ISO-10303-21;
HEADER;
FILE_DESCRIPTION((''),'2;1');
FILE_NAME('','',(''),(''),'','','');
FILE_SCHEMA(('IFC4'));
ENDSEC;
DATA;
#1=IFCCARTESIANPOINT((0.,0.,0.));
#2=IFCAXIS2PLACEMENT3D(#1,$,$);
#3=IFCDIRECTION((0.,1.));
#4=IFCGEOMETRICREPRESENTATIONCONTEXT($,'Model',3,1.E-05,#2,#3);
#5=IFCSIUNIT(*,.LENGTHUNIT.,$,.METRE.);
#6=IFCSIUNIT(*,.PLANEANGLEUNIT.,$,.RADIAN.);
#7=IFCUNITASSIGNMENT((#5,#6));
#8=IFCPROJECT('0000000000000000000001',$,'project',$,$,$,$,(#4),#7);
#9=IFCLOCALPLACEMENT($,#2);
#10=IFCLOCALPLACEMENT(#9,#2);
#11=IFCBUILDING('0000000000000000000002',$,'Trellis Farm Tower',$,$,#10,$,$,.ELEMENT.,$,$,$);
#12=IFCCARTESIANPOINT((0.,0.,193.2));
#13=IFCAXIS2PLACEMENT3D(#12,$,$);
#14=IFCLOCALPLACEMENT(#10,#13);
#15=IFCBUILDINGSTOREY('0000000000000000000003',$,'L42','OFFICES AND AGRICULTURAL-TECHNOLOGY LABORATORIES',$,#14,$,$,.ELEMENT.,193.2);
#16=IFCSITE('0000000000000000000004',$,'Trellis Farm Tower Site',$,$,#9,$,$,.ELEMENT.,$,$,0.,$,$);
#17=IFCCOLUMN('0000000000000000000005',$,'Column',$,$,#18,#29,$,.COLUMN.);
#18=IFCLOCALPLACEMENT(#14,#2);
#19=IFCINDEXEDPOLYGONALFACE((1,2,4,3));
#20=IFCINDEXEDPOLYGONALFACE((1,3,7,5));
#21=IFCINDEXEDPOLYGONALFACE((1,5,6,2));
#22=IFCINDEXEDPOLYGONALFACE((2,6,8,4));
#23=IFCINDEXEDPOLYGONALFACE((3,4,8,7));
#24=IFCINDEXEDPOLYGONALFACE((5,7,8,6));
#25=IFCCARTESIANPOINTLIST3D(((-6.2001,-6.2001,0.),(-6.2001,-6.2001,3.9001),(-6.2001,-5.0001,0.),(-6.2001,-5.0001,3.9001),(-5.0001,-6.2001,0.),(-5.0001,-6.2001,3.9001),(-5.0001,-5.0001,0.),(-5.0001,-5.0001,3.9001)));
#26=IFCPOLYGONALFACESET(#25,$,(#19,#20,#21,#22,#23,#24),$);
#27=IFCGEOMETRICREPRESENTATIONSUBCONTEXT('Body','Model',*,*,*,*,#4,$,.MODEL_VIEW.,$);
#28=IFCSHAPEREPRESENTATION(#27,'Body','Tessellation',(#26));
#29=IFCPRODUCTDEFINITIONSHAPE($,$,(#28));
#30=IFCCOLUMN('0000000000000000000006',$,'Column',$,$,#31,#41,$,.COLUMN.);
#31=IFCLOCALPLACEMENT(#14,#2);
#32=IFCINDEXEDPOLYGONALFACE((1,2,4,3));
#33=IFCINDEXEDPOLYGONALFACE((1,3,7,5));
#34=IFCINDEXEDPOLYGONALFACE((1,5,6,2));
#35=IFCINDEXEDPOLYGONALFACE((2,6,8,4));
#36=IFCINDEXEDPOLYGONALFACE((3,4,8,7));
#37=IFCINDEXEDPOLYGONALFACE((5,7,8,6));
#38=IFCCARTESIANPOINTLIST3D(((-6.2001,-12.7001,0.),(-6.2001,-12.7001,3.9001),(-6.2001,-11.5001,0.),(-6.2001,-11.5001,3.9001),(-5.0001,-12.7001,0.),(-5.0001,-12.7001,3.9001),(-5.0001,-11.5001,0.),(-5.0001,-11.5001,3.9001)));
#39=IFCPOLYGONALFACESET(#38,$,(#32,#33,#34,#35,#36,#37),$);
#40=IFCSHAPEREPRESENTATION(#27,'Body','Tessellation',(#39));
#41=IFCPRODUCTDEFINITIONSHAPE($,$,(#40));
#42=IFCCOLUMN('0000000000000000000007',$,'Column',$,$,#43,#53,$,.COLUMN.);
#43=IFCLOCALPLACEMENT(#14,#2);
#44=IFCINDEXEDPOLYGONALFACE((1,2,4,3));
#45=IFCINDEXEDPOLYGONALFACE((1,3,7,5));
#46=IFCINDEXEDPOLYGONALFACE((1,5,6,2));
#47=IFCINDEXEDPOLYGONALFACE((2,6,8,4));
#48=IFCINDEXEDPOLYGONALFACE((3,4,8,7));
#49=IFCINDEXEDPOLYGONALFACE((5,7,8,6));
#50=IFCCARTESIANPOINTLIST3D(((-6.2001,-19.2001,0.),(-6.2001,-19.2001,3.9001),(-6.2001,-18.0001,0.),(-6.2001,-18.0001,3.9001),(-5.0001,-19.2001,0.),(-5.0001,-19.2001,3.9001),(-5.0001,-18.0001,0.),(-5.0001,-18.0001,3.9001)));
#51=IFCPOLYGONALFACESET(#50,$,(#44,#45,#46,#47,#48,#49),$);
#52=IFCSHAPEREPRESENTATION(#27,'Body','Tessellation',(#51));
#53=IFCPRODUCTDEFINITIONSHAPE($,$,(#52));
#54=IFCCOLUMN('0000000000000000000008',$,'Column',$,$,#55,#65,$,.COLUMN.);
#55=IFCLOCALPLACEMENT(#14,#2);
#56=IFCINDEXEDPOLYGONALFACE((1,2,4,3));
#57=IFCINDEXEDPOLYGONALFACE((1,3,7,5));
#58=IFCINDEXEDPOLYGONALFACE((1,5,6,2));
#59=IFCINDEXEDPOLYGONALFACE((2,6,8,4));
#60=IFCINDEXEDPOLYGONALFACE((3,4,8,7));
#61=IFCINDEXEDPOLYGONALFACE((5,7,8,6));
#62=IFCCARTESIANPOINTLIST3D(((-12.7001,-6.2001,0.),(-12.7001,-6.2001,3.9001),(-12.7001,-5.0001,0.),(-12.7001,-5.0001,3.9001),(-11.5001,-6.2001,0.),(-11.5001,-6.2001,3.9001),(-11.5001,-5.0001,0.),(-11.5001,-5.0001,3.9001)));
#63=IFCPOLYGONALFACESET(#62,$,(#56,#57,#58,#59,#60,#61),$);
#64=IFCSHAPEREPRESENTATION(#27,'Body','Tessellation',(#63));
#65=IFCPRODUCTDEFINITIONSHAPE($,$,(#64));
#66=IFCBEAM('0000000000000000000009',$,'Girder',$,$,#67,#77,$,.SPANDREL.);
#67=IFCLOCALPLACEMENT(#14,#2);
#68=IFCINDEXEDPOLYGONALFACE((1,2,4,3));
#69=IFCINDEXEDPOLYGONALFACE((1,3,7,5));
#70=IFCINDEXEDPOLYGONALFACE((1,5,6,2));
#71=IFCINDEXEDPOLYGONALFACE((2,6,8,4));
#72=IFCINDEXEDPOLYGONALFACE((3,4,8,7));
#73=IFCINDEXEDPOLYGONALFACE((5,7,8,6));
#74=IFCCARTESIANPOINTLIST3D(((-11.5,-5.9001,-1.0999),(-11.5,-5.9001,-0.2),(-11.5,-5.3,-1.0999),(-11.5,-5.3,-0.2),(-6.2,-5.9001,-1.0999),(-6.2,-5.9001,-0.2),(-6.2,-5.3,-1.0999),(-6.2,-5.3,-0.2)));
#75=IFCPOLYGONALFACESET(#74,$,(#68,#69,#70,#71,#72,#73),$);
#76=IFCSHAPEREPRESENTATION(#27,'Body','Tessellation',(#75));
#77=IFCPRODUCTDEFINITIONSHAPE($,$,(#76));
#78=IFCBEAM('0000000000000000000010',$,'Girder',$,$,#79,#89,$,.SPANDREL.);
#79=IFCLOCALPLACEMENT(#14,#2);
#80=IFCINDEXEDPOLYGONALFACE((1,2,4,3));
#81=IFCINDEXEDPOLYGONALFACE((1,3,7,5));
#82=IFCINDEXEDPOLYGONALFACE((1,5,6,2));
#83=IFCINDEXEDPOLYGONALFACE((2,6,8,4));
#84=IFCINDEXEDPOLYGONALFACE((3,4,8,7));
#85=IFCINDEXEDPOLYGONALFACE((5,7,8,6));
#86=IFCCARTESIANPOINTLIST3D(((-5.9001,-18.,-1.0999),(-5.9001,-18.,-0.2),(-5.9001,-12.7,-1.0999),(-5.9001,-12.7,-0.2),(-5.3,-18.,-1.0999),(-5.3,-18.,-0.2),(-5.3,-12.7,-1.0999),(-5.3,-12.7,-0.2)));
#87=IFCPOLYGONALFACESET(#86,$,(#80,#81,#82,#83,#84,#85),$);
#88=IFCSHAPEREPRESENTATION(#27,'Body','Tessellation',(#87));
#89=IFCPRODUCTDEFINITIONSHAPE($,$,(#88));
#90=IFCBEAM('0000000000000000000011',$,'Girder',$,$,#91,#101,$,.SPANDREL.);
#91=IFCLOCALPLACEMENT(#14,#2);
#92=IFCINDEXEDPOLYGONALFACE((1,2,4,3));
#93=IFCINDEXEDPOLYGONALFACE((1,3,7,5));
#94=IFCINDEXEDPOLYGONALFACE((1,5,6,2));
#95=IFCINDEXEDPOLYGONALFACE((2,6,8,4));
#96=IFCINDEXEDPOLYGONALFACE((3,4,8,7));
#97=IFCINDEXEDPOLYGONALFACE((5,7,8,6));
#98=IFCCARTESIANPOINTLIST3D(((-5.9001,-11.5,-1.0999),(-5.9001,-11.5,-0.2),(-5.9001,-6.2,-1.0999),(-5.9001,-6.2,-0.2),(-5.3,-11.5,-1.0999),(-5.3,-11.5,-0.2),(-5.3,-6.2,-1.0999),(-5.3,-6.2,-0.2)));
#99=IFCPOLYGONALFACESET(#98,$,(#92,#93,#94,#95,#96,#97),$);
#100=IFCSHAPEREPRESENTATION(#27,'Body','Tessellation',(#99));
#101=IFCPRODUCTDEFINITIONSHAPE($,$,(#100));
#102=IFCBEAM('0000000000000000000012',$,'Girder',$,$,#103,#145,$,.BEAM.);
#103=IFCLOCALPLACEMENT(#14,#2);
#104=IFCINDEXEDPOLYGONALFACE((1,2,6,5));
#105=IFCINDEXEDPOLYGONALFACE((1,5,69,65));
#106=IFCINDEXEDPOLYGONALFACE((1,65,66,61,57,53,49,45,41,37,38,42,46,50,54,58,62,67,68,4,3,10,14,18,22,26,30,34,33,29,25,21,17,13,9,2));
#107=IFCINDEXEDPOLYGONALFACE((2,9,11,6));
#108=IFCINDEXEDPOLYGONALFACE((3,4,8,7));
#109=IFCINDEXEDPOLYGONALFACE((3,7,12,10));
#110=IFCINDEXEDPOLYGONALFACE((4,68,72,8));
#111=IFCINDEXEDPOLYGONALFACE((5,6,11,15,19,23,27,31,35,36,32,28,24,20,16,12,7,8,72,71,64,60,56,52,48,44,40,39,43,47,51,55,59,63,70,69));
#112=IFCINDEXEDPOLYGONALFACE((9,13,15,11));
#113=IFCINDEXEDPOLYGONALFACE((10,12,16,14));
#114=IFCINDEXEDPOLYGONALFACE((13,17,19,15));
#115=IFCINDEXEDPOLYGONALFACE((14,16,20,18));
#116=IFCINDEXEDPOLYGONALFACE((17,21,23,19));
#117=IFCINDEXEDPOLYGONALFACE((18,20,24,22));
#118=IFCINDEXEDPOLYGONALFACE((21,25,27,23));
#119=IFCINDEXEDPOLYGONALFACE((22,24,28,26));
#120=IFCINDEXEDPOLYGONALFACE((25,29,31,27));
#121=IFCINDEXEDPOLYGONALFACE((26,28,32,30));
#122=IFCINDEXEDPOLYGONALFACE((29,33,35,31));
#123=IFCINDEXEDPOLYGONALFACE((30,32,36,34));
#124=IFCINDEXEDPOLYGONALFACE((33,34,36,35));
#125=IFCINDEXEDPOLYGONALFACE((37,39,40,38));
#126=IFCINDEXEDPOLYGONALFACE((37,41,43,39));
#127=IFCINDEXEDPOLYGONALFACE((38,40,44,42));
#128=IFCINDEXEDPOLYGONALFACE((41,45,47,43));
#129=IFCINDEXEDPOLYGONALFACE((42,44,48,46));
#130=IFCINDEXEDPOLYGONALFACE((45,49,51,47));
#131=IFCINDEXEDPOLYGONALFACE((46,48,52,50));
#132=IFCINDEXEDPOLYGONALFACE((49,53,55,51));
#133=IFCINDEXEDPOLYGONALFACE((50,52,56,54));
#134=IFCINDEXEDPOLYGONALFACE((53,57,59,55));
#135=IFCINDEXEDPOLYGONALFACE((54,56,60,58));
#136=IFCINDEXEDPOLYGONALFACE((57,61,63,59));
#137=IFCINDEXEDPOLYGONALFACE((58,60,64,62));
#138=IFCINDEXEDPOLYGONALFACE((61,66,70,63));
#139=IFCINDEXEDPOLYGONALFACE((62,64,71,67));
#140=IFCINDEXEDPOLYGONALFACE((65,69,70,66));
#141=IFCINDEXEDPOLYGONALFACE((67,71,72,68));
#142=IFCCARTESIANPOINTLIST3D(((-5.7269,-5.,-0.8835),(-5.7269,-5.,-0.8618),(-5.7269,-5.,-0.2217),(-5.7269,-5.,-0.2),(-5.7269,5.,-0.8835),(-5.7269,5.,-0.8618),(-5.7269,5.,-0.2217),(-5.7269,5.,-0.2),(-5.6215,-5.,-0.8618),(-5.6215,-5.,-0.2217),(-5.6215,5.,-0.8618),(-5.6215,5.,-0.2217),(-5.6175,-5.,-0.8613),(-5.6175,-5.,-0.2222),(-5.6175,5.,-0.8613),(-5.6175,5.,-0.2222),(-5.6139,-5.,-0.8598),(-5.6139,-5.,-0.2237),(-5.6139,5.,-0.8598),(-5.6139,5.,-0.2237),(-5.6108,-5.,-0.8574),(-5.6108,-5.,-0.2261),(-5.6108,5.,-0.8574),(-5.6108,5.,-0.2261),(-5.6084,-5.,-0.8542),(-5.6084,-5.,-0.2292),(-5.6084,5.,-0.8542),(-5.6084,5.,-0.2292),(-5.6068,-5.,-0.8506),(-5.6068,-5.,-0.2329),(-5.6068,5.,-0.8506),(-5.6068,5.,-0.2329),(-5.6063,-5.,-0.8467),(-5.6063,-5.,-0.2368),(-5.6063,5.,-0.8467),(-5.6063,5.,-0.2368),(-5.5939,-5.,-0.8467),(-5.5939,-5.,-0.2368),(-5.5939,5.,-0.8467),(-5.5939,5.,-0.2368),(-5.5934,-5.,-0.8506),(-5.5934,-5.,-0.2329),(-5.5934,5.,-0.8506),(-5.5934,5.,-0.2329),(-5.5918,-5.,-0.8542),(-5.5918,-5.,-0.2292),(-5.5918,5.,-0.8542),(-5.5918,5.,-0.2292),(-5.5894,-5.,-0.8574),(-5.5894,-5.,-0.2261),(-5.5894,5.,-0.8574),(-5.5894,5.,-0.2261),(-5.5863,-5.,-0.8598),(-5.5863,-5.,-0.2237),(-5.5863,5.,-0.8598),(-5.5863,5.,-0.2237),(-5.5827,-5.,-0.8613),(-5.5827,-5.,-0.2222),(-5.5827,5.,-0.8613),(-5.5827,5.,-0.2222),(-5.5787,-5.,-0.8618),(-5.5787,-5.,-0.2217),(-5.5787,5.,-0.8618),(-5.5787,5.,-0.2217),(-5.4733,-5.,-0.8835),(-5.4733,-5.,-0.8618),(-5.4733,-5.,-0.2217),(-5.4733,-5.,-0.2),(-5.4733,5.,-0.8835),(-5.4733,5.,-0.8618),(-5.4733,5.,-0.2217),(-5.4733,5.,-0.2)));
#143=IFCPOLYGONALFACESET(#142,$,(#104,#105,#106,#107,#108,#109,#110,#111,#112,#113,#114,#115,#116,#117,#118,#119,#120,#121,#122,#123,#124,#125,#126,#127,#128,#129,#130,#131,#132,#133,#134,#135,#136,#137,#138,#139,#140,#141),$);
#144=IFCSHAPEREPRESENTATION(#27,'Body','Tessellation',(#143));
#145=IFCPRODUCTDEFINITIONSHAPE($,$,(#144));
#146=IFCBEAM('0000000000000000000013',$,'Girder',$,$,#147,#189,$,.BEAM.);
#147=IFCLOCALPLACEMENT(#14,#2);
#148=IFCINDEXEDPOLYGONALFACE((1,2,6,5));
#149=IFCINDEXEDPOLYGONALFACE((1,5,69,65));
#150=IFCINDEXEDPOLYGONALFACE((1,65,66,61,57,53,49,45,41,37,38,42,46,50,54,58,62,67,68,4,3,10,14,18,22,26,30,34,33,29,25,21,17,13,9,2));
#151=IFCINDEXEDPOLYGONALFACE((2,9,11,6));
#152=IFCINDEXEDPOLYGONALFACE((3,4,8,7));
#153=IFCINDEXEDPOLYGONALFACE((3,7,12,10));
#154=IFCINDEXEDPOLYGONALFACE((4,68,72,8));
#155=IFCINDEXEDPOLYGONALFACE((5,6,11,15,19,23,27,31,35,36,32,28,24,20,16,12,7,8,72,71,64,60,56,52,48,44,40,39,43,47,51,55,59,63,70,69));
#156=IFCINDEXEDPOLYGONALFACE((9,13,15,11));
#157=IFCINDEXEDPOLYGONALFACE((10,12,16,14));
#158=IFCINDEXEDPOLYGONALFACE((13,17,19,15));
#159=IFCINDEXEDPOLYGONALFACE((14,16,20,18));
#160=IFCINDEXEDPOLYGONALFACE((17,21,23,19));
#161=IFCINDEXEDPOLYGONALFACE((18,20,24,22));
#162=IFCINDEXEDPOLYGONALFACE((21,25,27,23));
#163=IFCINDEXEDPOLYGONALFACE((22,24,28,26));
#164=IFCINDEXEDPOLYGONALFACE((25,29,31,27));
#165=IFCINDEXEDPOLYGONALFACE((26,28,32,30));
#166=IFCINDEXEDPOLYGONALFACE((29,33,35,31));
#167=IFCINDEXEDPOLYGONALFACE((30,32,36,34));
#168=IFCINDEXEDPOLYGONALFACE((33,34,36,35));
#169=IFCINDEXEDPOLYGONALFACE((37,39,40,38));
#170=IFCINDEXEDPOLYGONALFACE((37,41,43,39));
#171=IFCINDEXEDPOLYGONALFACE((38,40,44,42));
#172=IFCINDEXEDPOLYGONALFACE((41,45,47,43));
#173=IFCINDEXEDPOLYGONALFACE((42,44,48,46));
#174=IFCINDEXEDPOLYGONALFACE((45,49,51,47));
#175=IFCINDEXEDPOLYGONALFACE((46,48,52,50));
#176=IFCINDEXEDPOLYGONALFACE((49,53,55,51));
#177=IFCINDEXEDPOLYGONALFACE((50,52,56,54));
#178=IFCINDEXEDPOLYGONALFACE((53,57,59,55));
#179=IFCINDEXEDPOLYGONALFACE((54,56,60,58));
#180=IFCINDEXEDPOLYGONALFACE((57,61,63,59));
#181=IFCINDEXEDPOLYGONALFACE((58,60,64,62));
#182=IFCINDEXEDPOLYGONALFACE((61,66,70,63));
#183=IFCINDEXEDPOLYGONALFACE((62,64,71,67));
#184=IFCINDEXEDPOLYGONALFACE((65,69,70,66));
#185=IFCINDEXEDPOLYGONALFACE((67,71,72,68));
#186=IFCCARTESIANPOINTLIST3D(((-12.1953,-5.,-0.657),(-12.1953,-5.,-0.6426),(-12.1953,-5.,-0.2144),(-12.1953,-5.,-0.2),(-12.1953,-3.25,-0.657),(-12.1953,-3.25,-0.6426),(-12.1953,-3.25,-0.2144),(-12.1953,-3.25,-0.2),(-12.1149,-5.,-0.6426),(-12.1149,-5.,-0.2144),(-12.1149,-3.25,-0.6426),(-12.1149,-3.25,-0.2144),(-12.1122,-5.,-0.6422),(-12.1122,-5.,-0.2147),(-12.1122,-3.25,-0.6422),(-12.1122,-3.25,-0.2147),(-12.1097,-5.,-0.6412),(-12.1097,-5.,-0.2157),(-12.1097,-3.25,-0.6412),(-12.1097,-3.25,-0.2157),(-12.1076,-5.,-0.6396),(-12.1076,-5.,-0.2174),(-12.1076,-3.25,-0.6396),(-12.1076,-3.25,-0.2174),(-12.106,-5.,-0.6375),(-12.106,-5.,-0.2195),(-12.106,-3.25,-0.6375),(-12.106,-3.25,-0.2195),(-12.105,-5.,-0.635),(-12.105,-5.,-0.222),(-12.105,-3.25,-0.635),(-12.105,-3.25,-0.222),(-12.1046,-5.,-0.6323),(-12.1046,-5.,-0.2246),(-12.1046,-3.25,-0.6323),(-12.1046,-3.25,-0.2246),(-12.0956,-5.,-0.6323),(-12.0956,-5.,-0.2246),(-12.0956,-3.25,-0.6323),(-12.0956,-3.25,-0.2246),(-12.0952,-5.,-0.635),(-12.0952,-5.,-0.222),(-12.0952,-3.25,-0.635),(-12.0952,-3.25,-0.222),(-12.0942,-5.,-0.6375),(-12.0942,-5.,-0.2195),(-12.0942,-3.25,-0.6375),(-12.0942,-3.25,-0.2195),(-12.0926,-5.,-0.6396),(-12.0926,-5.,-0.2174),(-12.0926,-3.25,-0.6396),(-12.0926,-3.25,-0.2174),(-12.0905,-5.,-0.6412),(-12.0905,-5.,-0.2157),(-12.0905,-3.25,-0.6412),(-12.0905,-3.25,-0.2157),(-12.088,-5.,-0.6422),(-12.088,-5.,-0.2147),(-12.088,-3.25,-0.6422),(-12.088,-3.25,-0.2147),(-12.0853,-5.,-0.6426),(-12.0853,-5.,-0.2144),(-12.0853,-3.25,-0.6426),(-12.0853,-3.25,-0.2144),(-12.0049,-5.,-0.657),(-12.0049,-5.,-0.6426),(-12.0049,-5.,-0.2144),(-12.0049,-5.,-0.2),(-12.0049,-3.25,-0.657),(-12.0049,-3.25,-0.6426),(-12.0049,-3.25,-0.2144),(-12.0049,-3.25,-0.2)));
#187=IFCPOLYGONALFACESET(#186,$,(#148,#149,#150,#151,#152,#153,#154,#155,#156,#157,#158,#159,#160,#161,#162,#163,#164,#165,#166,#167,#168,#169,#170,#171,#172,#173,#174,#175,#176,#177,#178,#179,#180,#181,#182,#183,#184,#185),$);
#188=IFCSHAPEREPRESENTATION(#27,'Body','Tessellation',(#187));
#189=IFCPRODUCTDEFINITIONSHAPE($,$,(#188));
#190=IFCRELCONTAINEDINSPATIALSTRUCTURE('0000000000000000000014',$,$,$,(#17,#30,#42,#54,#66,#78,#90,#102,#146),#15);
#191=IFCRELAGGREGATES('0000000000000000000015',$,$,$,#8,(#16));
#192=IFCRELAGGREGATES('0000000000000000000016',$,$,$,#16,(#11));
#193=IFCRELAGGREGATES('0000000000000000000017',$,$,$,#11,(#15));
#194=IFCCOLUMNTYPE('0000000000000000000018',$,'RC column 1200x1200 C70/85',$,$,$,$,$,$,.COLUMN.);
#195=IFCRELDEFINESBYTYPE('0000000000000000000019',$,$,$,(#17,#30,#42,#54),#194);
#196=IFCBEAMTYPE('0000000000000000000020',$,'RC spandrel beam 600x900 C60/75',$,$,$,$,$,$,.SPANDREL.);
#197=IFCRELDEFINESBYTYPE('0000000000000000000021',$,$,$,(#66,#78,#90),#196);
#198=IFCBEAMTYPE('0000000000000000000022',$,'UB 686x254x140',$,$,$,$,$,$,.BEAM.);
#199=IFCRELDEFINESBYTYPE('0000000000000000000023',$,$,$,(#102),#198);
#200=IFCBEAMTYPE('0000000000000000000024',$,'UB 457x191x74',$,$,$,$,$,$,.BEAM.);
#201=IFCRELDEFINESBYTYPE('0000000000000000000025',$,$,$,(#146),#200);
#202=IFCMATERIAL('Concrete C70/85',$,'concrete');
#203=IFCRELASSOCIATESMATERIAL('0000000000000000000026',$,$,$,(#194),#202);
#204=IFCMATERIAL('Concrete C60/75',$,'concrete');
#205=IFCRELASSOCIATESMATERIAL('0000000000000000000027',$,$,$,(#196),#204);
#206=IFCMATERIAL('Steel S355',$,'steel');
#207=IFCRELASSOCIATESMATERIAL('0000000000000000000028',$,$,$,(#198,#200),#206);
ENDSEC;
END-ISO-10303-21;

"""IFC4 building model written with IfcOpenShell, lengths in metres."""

from ifc_helpers import new_model, si_unit, direction, frame, origin, origin_2d, place, context, subcontext, project, spatial, rectangle, i_section, extrude, source, transform, mapped, material, material_profile, profile_set, type_object, element, save


model = new_model("IFC4")

# Units and contexts
model_context = context("Model", 3, precision=1e-05, world=origin(), true_north=direction((0.0, 1.0)))
body_context = subcontext(model_context, "Body", "Model", "MODEL_VIEW")
ifc_project = project(units=[si_unit("LENGTHUNIT", "METRE"), si_unit("PLANEANGLEUNIT", "RADIAN")], contexts=[model_context])

# Site, building, storey
site_placement = place(None, origin())
site = spatial("IfcSite", under=ifc_project, at=site_placement, Name="Trellis Farm Tower Site", CompositionType="ELEMENT", RefElevation=0.0)
building_placement = place(site_placement, origin())
building = spatial("IfcBuilding", under=site, at=building_placement, Name="Trellis Farm Tower", CompositionType="ELEMENT")
storey_placement = place(building_placement, frame((0.0, 0.0, 193.2)))
storey = spatial("IfcBuildingStorey", under=building, at=storey_placement, Name="L42", Description="OFFICES AND AGRICULTURAL-TECHNOLOGY LABORATORIES", CompositionType="ELEMENT", Elevation=193.2)

# Columns
ifc_material_1 = material(Name="Concrete C70/85", Category="concrete")
ifc_material_profile_1 = material_profile(ifc_material_1, rectangle(XDim=1.2, YDim=1.2, at=origin_2d()), Name="RC column 1200x1200 C70/85")
ifc_profile_set_1 = profile_set([ifc_material_profile_1], Name="Concrete C70/85")
column_type = type_object("IfcColumnType", Name="RC column 1200x1200 C70/85", PredefinedType="COLUMN", material=ifc_profile_set_1)
shared_shape_1 = source(origin(), body_context, "Body", "SweptSolid", [
    extrude(rectangle(XDim=1.2, YDim=1.2, at=origin_2d()), origin(), (0.0, 0.0, 1.0), 3.9001),
])
for number, where, z_axis, x_axis, name in (
    (1, (-5.6001, -5.6001, 0.0), (0.0, 0.0, 1.0), (1.0, 0.0, 0.0), "Column"),
    (2, (-5.6001, -12.1001, 0.0), (0.0, 0.0, 1.0), (1.0, 0.0, 0.0), "Column"),
    (3, (-5.6001, -18.6001, 0.0), (0.0, 0.0, 1.0), (1.0, 0.0, 0.0), "Column"),
    (4, (-12.1001, -5.6001, 0.0), (0.0, 0.0, 1.0), (1.0, 0.0, 0.0), "Column"),
):
    element("IfcColumn", number, at=place(storey_placement, frame(where, z_axis=z_axis, x_axis=x_axis)), inside=storey, type_object=column_type, Name=name, PredefinedType="COLUMN", context=body_context, shape_type="MappedRepresentation", body=[
        mapped(shared_shape_1, transform((0.0, 0.0, 0.0))),
    ])

# Beams
ifc_material_2 = material(Name="Concrete C60/75", Category="concrete")
ifc_material_profile_2 = material_profile(ifc_material_2, rectangle(XDim=0.6001, YDim=0.8999, at=origin_2d()), Name="RC spandrel beam 600x900 C60/75")
ifc_profile_set_2 = profile_set([ifc_material_profile_2], Name="Concrete C60/75")
beam_type_1 = type_object("IfcBeamType", Name="RC spandrel beam 600x900 C60/75", PredefinedType="SPANDREL", material=ifc_profile_set_2)
shared_shape_2 = source(origin(), body_context, "Body", "SweptSolid", [
    extrude(rectangle(XDim=0.6001, YDim=0.8999, at=origin_2d()), origin(), (0.0, 0.0, 1.0), 5.3),
])
for number, where, z_axis, x_axis, name in (
    (5, (-11.5, -5.6001, -0.6499), (1.0, 0.0, 0.0), (0.0, 1.0, 0.0), "Girder"),
    (6, (-5.6001, -18.0, -0.6499), (0.0, 1.0, 0.0), (-1.0, 0.0, 0.0), "Girder"),
    (7, (-5.6001, -11.5, -0.6499), (0.0, 1.0, 0.0), (-1.0, 0.0, 0.0), "Girder"),
):
    element("IfcBeam", number, at=place(storey_placement, frame(where, z_axis=z_axis, x_axis=x_axis)), inside=storey, type_object=beam_type_1, Name=name, PredefinedType="SPANDREL", context=body_context, shape_type="MappedRepresentation", body=[
        mapped(shared_shape_2, transform((0.0, 0.0, 0.0))),
    ])
ifc_material_3 = material(Name="Steel S355", Category="steel")
ifc_material_profile_3 = material_profile(ifc_material_3, i_section(OverallWidth=0.2537, OverallDepth=0.6836, WebThickness=0.0125, FlangeThickness=0.0217, FilletRadius=0.0151, at=origin_2d()), Name="UB 686x254x140")
ifc_profile_set_3 = profile_set([ifc_material_profile_3], Name="Steel S355")
beam_type_2 = type_object("IfcBeamType", Name="UB 686x254x140", PredefinedType="BEAM", material=ifc_profile_set_3)
shared_shape_3 = source(origin(), body_context, "Body", "SweptSolid", [
    extrude(i_section(OverallWidth=0.2537, OverallDepth=0.6836, WebThickness=0.0125, FlangeThickness=0.0217, FilletRadius=0.0151, at=origin_2d()), origin(), (0.0, 0.0, 1.0), 10.0),
])
beam_1_placement = place(storey_placement, frame((-5.6001, -5.0, -0.5417), z_axis=(0.0, 1.0, 0.0), x_axis=(-1.0, 0.0, 0.0)))
element("IfcBeam", 8, at=beam_1_placement, inside=storey, type_object=beam_type_2, Name="Girder", PredefinedType="BEAM", context=body_context, shape_type="MappedRepresentation", body=[
    mapped(shared_shape_3, transform((0.0, 0.0, 0.0))),
])
ifc_material_profile_4 = material_profile(ifc_material_3, i_section(OverallWidth=0.1904, OverallDepth=0.457, WebThickness=0.009, FlangeThickness=0.0144, FilletRadius=0.0103, at=origin_2d()), Name="UB 457x191x74")
ifc_profile_set_4 = profile_set([ifc_material_profile_4], Name="Steel S355")
beam_type_3 = type_object("IfcBeamType", Name="UB 457x191x74", PredefinedType="BEAM", material=ifc_profile_set_4)
shared_shape_4 = source(origin(), body_context, "Body", "SweptSolid", [
    extrude(i_section(OverallWidth=0.1904, OverallDepth=0.457, WebThickness=0.009, FlangeThickness=0.0144, FilletRadius=0.0103, at=origin_2d()), origin(), (0.0, 0.0, 1.0), 1.75),
])
beam_2_placement = place(storey_placement, frame((-12.1001, -5.0, -0.4285), z_axis=(0.0, 1.0, 0.0), x_axis=(-1.0, 0.0, 0.0)))
element("IfcBeam", 9, at=beam_2_placement, inside=storey, type_object=beam_type_3, Name="Girder", PredefinedType="BEAM", context=body_context, shape_type="MappedRepresentation", body=[
    mapped(shared_shape_4, transform((0.0, 0.0, 0.0))),
])

save(model, "model.ifc")
